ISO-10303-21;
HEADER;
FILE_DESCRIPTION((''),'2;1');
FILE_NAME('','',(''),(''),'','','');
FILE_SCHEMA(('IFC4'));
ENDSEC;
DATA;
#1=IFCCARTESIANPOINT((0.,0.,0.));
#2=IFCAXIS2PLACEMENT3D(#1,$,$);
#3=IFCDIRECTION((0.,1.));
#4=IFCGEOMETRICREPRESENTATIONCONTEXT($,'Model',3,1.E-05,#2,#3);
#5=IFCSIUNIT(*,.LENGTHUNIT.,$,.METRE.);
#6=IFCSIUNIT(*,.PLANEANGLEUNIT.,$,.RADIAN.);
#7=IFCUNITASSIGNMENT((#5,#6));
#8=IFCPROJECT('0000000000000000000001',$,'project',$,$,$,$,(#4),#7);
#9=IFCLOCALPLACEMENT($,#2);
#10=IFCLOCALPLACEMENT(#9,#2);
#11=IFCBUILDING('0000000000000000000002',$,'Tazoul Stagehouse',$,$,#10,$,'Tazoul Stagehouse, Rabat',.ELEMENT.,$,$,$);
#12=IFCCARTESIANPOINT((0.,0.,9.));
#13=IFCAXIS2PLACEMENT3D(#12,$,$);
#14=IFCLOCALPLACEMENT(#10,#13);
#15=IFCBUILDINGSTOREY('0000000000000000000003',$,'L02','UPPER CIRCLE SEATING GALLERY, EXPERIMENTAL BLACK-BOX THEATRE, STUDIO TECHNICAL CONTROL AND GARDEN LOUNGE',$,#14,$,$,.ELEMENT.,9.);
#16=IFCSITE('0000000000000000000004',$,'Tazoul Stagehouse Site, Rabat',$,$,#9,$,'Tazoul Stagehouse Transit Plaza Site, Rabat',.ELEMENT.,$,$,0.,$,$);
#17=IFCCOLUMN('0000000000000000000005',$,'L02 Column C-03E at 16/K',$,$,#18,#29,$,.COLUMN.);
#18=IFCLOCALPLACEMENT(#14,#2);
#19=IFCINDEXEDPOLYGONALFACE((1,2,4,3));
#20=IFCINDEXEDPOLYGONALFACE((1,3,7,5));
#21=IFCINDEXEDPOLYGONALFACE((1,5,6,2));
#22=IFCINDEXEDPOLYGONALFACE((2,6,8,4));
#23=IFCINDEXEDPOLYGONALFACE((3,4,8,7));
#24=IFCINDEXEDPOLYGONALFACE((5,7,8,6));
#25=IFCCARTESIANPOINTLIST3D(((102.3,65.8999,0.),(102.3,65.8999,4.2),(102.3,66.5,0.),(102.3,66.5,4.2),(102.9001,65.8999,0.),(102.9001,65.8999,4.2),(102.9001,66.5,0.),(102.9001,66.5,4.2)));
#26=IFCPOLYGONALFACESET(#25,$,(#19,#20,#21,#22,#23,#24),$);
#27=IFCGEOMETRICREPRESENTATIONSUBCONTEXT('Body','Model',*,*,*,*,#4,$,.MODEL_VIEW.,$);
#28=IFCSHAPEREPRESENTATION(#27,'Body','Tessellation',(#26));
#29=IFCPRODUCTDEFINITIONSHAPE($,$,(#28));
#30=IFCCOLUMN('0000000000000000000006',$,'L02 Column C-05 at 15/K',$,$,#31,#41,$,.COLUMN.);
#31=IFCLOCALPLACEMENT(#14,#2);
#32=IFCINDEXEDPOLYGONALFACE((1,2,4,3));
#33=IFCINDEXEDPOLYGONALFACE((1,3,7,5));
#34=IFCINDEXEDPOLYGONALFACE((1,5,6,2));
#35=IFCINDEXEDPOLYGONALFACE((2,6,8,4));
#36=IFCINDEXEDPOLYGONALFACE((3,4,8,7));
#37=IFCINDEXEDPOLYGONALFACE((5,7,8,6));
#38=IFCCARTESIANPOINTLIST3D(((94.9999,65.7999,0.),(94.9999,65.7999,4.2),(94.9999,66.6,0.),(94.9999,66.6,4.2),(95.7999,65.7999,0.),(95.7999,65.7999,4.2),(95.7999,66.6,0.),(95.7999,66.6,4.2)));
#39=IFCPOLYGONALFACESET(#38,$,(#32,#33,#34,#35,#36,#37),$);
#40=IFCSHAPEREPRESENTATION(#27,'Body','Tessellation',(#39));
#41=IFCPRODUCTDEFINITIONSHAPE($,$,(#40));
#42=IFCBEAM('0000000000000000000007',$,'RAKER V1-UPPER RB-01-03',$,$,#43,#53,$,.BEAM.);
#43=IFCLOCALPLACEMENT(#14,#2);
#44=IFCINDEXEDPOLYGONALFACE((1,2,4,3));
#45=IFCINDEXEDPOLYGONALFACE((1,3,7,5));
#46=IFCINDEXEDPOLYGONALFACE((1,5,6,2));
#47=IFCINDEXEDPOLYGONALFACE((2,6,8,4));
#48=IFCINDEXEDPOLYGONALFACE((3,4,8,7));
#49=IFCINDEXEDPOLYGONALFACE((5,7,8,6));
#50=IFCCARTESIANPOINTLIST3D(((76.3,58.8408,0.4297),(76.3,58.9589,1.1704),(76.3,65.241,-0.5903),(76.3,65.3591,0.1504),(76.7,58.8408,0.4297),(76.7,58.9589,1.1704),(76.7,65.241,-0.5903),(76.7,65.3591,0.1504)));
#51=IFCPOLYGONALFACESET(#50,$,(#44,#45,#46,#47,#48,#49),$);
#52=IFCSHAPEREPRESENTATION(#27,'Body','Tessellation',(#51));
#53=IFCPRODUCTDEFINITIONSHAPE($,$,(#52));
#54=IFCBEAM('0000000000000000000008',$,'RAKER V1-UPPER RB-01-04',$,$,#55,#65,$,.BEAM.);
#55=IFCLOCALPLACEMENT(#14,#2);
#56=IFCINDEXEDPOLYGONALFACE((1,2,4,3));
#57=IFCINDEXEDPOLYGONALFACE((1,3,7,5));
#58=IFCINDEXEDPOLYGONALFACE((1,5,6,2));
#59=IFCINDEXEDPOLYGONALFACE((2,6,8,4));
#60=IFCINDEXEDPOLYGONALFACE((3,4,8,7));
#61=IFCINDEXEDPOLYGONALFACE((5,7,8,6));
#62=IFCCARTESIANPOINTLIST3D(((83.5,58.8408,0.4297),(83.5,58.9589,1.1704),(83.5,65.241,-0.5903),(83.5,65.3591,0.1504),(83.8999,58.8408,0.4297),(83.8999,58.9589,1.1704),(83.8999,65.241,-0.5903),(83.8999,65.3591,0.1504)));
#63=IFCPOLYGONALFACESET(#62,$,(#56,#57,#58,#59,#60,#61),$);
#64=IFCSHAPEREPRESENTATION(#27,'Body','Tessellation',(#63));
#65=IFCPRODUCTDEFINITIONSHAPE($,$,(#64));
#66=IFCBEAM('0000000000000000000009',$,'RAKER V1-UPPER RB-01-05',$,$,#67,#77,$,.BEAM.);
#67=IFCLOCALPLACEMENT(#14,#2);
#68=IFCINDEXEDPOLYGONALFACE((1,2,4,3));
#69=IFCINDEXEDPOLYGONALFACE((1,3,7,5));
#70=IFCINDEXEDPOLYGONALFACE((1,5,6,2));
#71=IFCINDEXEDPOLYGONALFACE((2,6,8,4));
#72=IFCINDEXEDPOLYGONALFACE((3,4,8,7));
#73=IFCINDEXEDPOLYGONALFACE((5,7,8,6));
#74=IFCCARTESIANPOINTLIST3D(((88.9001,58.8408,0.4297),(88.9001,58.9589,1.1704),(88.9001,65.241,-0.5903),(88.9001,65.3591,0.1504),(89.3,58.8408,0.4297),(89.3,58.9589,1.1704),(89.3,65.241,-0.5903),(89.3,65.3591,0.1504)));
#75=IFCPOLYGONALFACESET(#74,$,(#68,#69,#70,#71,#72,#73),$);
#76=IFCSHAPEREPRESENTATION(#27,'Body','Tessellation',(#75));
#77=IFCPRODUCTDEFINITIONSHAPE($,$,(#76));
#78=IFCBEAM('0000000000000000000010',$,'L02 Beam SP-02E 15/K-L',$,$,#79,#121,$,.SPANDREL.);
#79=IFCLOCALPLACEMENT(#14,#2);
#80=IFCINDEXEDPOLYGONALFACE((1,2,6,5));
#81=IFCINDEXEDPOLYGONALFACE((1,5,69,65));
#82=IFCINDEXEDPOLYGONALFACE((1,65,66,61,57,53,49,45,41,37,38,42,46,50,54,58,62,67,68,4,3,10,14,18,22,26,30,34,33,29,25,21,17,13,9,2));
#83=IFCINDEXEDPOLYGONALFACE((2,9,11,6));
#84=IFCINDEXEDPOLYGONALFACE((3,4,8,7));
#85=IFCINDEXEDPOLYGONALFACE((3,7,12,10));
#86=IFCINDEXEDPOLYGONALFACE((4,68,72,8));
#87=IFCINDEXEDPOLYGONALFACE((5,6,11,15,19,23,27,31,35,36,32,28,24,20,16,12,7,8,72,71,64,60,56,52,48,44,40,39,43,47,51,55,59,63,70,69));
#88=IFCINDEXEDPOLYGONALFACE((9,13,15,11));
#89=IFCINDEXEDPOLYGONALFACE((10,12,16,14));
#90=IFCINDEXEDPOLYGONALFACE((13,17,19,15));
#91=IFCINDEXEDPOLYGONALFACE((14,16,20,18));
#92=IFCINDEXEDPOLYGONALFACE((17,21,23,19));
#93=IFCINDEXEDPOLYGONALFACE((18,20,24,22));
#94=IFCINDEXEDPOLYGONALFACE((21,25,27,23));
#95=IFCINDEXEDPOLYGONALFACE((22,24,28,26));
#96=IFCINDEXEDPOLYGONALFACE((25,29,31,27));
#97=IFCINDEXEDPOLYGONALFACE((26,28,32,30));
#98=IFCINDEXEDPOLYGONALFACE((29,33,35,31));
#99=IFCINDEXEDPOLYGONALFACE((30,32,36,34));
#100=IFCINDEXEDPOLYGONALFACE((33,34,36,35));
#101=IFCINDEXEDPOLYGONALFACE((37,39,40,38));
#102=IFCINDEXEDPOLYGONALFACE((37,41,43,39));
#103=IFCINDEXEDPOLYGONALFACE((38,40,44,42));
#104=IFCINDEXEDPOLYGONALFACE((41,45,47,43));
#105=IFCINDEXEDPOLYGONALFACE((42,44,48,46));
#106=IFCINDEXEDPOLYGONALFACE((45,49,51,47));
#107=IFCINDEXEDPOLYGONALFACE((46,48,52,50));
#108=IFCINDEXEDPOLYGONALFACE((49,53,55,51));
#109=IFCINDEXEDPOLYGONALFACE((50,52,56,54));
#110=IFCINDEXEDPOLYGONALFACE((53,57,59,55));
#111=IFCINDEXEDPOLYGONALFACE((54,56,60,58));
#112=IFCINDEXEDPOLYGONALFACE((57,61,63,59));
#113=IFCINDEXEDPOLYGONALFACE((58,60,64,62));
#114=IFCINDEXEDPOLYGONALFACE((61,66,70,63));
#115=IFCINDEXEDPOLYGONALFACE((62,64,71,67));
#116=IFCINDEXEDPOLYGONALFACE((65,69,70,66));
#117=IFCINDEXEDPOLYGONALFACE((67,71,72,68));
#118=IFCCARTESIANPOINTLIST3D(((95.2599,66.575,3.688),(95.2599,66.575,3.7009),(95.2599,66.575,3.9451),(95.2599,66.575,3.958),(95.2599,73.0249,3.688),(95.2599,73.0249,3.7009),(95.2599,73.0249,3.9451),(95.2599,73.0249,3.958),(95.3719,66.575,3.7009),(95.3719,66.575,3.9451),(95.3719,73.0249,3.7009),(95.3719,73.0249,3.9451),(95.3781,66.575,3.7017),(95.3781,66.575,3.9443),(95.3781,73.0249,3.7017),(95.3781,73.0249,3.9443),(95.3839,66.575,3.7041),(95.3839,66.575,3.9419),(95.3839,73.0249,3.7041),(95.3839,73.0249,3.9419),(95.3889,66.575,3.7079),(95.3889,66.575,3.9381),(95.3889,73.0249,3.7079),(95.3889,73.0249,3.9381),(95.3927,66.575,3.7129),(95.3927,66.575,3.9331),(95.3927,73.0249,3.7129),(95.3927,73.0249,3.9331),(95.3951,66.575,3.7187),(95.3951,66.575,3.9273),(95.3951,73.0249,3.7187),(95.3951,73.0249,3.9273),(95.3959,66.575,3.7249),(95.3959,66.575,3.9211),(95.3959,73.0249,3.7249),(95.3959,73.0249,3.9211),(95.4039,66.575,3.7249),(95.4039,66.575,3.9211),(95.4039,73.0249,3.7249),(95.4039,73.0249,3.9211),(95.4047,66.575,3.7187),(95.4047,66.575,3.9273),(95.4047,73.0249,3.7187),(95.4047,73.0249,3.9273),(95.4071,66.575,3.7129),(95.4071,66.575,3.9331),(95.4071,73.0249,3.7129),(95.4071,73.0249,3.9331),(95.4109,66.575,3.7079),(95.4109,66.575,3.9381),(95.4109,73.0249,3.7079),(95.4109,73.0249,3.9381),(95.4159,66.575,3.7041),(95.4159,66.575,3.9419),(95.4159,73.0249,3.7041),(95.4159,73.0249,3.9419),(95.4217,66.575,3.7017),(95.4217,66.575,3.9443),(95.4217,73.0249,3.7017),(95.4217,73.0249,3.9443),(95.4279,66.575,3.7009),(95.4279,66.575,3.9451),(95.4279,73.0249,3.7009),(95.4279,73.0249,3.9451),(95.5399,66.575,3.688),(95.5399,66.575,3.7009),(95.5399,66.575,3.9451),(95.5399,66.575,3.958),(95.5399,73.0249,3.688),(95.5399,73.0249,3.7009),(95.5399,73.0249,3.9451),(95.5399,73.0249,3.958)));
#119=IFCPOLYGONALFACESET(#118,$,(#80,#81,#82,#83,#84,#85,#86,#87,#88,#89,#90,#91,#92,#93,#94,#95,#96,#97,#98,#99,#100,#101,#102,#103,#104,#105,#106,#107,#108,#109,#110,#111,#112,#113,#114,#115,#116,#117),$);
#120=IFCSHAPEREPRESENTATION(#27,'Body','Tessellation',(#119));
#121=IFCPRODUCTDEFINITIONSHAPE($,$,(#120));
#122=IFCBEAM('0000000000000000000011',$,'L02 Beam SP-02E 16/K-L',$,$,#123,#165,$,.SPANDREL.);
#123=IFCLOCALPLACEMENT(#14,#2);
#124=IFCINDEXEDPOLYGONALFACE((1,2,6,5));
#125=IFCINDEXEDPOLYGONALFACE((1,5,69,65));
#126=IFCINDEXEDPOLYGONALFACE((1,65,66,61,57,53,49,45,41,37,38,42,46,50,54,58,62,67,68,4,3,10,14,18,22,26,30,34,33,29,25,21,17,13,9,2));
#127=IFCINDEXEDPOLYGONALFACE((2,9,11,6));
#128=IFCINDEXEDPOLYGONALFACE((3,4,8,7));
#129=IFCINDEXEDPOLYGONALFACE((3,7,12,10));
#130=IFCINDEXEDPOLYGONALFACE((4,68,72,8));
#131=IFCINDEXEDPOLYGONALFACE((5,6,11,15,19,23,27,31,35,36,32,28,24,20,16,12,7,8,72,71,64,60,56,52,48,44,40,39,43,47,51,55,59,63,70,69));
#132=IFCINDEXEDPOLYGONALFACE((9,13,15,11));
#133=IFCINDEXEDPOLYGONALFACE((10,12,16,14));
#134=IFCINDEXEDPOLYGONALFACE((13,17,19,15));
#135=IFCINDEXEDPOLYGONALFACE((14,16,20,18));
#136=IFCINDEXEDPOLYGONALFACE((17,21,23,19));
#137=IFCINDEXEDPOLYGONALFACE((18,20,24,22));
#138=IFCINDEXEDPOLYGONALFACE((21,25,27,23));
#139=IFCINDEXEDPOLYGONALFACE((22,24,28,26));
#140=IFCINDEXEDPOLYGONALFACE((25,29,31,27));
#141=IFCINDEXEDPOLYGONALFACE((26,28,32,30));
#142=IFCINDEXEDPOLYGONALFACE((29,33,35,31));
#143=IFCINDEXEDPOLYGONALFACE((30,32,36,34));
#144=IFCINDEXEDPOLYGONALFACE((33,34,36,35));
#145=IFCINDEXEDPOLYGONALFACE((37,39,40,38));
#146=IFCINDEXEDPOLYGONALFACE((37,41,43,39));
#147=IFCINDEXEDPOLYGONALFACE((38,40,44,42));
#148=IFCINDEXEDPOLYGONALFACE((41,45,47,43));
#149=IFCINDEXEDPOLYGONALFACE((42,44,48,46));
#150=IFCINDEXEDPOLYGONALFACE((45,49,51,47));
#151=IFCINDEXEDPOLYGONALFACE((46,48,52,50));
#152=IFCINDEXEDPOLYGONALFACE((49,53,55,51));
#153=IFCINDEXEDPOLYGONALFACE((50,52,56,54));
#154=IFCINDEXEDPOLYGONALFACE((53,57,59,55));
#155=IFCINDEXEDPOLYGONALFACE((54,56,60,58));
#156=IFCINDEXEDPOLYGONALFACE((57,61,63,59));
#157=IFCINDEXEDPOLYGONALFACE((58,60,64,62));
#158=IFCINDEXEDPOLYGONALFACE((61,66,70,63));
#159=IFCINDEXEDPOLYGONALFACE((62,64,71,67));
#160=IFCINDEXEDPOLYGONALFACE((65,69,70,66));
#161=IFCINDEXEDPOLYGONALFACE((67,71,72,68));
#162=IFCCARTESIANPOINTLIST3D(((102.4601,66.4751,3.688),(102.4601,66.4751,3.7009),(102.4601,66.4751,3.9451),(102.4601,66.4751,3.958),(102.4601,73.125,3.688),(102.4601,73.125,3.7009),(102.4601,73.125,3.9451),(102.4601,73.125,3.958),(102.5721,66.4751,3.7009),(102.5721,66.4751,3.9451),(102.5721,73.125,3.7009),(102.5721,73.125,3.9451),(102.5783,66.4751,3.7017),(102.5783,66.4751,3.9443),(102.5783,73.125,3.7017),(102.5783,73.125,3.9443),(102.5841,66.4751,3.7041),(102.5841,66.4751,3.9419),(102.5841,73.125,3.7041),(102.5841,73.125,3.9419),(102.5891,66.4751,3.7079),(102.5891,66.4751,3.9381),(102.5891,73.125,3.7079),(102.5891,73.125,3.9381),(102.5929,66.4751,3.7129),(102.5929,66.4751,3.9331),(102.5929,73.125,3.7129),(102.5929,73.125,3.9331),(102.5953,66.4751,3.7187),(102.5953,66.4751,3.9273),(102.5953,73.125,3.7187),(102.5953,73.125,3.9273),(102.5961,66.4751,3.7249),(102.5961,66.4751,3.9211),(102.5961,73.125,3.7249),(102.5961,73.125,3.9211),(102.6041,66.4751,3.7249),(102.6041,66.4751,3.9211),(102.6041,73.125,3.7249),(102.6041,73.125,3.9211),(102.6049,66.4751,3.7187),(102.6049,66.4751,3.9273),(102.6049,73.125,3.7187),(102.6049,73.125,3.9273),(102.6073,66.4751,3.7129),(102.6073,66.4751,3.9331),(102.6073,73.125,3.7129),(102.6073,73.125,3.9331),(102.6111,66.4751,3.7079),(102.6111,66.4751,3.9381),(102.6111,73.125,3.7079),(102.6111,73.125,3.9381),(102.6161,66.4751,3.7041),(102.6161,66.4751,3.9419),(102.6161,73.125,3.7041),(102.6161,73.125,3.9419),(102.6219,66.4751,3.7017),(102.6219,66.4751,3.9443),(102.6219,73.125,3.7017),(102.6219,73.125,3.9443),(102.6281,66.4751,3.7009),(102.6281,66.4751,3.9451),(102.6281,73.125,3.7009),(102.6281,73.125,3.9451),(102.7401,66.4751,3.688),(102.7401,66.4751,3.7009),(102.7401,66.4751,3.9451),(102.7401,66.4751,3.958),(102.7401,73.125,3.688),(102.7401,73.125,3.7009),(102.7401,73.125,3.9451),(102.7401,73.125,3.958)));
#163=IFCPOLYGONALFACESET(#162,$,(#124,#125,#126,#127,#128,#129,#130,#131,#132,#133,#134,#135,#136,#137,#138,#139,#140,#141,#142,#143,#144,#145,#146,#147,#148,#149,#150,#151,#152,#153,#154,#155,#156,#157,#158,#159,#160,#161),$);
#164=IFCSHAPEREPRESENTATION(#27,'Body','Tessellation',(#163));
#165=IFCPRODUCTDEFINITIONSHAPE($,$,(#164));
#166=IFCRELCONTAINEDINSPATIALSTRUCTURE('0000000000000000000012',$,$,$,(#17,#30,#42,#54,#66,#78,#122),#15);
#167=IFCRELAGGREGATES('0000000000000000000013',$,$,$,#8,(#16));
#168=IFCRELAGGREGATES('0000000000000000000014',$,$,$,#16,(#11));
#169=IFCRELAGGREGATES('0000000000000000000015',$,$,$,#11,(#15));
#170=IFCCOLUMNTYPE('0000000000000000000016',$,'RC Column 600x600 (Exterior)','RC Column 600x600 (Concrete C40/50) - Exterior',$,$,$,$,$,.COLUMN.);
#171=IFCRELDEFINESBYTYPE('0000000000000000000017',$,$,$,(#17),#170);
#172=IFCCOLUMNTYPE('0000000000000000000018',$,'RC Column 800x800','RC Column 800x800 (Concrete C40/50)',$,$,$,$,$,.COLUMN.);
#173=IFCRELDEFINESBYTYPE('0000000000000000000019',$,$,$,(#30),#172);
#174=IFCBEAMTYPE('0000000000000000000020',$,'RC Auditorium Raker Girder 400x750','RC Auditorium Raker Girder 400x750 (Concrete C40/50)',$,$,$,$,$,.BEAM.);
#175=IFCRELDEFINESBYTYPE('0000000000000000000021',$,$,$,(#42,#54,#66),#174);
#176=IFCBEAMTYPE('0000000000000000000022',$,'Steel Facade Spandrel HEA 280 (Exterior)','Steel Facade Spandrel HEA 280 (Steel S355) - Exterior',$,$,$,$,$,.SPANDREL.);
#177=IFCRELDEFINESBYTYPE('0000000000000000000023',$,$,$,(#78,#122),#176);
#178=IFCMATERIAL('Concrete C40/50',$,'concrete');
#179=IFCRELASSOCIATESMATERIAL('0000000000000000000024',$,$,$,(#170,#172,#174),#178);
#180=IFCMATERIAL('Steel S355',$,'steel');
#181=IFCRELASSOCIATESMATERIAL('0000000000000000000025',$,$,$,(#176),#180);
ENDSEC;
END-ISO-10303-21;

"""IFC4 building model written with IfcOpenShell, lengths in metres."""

from ifc_helpers import new_model, si_unit, direction, frame, origin, origin_2d, place, context, subcontext, project, spatial, rectangle, i_section, extrude, material, material_profile, profile_set, type_object, element, save


model = new_model("IFC4")

# Units and contexts
model_context = context("Model", 3, precision=1e-05, world=origin(), true_north=direction((0.0, 1.0)))
body_context = subcontext(model_context, "Body", "Model", "MODEL_VIEW")
ifc_project = project(units=[si_unit("LENGTHUNIT", "METRE"), si_unit("PLANEANGLEUNIT", "RADIAN")], contexts=[model_context])

# Site, building, storey
site_placement = place(None, origin())
site = spatial("IfcSite", under=ifc_project, at=site_placement, Name="Tazoul Stagehouse Site, Rabat", LongName="Tazoul Stagehouse Transit Plaza Site, Rabat", CompositionType="ELEMENT", RefElevation=0.0)
building_placement = place(site_placement, origin())
building = spatial("IfcBuilding", under=site, at=building_placement, Name="Tazoul Stagehouse", LongName="Tazoul Stagehouse, Rabat", CompositionType="ELEMENT")
storey_placement = place(building_placement, frame((0.0, 0.0, 9.0)))
storey = spatial("IfcBuildingStorey", under=building, at=storey_placement, Name="L02", Description="UPPER CIRCLE SEATING GALLERY, EXPERIMENTAL BLACK-BOX THEATRE, STUDIO TECHNICAL CONTROL AND GARDEN LOUNGE", CompositionType="ELEMENT", Elevation=9.0)

# Columns
ifc_material_1 = material(Name="Concrete C40/50", Category="concrete")
ifc_material_profile_1 = material_profile(ifc_material_1, rectangle(XDim=0.6001, YDim=0.6001, at=origin_2d()), Name="RC 600x600")
ifc_profile_set_1 = profile_set([ifc_material_profile_1], Name="Concrete C40/50")
column_type_1 = type_object("IfcColumnType", Name="RC Column 600x600 (Exterior)", Description="RC Column 600x600 (Concrete C40/50) - Exterior", PredefinedType="COLUMN", material=ifc_profile_set_1)
column_1_placement = place(storey_placement, frame((102.6001, 66.2, 0.0), z_axis=(0.0, 0.0, 1.0), x_axis=(1.0, 0.0, 0.0)))
element("IfcColumn", 1, at=column_1_placement, inside=storey, type_object=column_type_1, Name="L02 Column C-03E at 16/K", PredefinedType="COLUMN", context=body_context, shape_type="SweptSolid", body=[
    extrude(rectangle(XDim=0.6001, YDim=0.6001, at=origin_2d()), origin(), (0.0, 0.0, 1.0), 4.2),
])
ifc_material_profile_2 = material_profile(ifc_material_1, rectangle(XDim=0.8, YDim=0.8, at=origin_2d()), Name="RC 800x800")
ifc_profile_set_2 = profile_set([ifc_material_profile_2], Name="Concrete C40/50")
column_type_2 = type_object("IfcColumnType", Name="RC Column 800x800", Description="RC Column 800x800 (Concrete C40/50)", PredefinedType="COLUMN", material=ifc_profile_set_2)
column_2_placement = place(storey_placement, frame((95.3999, 66.2, 0.0), z_axis=(0.0, 0.0, 1.0), x_axis=(1.0, 0.0, 0.0)))
element("IfcColumn", 2, at=column_2_placement, inside=storey, type_object=column_type_2, Name="L02 Column C-05 at 15/K", PredefinedType="COLUMN", context=body_context, shape_type="SweptSolid", body=[
    extrude(rectangle(XDim=0.8, YDim=0.8, at=origin_2d()), origin(), (0.0, 0.0, 1.0), 4.2),
])

# Beams
ifc_material_profile_3 = material_profile(ifc_material_1, rectangle(XDim=0.3999, YDim=0.75, at=origin_2d()), Name="RC 400x750")
ifc_profile_set_3 = profile_set([ifc_material_profile_3], Name="Concrete C40/50")
beam_type_1 = type_object("IfcBeamType", Name="RC Auditorium Raker Girder 400x750", Description="RC Auditorium Raker Girder 400x750 (Concrete C40/50)", PredefinedType="BEAM", material=ifc_profile_set_3)
for number, where, z_axis, x_axis, name in (
    (3, (76.5, 65.3, -0.22), (0.0, -0.987537, 0.157388), (1.0, 0.0, 0.0), "RAKER V1-UPPER RB-01-03"),
    (4, (83.7, 65.3, -0.22), (0.0, -0.987537, 0.157388), (1.0, 0.0, 0.0), "RAKER V1-UPPER RB-01-04"),
    (5, (89.1001, 65.3, -0.22), (0.0, -0.987537, 0.157388), (1.0, 0.0, 0.0), "RAKER V1-UPPER RB-01-05"),
):
    element("IfcBeam", number, at=place(storey_placement, frame(where, z_axis=z_axis, x_axis=x_axis)), inside=storey, type_object=beam_type_1, Name=name, PredefinedType="BEAM", context=body_context, shape_type="SweptSolid", body=[
        extrude(rectangle(XDim=0.3999, YDim=0.75, at=origin_2d()), origin(), (0.0, 0.0, 1.0), 6.481),
    ])
ifc_material_2 = material(Name="Steel S355", Category="steel")
ifc_material_profile_4 = material_profile(ifc_material_2, i_section(OverallWidth=0.28, OverallDepth=0.27, WebThickness=0.0081, FlangeThickness=0.0129, FilletRadius=0.0239, at=origin_2d()), Name="HEA 280")
ifc_profile_set_4 = profile_set([ifc_material_profile_4], Name="Steel S355")
beam_type_2 = type_object("IfcBeamType", Name="Steel Facade Spandrel HEA 280 (Exterior)", Description="Steel Facade Spandrel HEA 280 (Steel S355) - Exterior", PredefinedType="SPANDREL", material=ifc_profile_set_4)
beam_1_placement = place(storey_placement, frame((95.3999, 66.575, 3.823), z_axis=(0.0, 1.0, 0.0), x_axis=(-1.0, 0.0, 0.0)))
element("IfcBeam", 6, at=beam_1_placement, inside=storey, type_object=beam_type_2, Name="L02 Beam SP-02E 15/K-L", PredefinedType="SPANDREL", context=body_context, shape_type="SweptSolid", body=[
    extrude(i_section(OverallWidth=0.28, OverallDepth=0.27, WebThickness=0.0081, FlangeThickness=0.0129, FilletRadius=0.0239, at=origin_2d()), origin(), (0.0, 0.0, 1.0), 6.45),
])
beam_2_placement = place(storey_placement, frame((102.6001, 66.4751, 3.823), z_axis=(0.0, 1.0, 0.0), x_axis=(-1.0, 0.0, 0.0)))
element("IfcBeam", 7, at=beam_2_placement, inside=storey, type_object=beam_type_2, Name="L02 Beam SP-02E 16/K-L", PredefinedType="SPANDREL", context=body_context, shape_type="SweptSolid", body=[
    extrude(i_section(OverallWidth=0.28, OverallDepth=0.27, WebThickness=0.0081, FlangeThickness=0.0129, FilletRadius=0.0239, at=origin_2d()), origin(), (0.0, 0.0, 1.0), 6.6499),
])

save(model, "model.ifc")
